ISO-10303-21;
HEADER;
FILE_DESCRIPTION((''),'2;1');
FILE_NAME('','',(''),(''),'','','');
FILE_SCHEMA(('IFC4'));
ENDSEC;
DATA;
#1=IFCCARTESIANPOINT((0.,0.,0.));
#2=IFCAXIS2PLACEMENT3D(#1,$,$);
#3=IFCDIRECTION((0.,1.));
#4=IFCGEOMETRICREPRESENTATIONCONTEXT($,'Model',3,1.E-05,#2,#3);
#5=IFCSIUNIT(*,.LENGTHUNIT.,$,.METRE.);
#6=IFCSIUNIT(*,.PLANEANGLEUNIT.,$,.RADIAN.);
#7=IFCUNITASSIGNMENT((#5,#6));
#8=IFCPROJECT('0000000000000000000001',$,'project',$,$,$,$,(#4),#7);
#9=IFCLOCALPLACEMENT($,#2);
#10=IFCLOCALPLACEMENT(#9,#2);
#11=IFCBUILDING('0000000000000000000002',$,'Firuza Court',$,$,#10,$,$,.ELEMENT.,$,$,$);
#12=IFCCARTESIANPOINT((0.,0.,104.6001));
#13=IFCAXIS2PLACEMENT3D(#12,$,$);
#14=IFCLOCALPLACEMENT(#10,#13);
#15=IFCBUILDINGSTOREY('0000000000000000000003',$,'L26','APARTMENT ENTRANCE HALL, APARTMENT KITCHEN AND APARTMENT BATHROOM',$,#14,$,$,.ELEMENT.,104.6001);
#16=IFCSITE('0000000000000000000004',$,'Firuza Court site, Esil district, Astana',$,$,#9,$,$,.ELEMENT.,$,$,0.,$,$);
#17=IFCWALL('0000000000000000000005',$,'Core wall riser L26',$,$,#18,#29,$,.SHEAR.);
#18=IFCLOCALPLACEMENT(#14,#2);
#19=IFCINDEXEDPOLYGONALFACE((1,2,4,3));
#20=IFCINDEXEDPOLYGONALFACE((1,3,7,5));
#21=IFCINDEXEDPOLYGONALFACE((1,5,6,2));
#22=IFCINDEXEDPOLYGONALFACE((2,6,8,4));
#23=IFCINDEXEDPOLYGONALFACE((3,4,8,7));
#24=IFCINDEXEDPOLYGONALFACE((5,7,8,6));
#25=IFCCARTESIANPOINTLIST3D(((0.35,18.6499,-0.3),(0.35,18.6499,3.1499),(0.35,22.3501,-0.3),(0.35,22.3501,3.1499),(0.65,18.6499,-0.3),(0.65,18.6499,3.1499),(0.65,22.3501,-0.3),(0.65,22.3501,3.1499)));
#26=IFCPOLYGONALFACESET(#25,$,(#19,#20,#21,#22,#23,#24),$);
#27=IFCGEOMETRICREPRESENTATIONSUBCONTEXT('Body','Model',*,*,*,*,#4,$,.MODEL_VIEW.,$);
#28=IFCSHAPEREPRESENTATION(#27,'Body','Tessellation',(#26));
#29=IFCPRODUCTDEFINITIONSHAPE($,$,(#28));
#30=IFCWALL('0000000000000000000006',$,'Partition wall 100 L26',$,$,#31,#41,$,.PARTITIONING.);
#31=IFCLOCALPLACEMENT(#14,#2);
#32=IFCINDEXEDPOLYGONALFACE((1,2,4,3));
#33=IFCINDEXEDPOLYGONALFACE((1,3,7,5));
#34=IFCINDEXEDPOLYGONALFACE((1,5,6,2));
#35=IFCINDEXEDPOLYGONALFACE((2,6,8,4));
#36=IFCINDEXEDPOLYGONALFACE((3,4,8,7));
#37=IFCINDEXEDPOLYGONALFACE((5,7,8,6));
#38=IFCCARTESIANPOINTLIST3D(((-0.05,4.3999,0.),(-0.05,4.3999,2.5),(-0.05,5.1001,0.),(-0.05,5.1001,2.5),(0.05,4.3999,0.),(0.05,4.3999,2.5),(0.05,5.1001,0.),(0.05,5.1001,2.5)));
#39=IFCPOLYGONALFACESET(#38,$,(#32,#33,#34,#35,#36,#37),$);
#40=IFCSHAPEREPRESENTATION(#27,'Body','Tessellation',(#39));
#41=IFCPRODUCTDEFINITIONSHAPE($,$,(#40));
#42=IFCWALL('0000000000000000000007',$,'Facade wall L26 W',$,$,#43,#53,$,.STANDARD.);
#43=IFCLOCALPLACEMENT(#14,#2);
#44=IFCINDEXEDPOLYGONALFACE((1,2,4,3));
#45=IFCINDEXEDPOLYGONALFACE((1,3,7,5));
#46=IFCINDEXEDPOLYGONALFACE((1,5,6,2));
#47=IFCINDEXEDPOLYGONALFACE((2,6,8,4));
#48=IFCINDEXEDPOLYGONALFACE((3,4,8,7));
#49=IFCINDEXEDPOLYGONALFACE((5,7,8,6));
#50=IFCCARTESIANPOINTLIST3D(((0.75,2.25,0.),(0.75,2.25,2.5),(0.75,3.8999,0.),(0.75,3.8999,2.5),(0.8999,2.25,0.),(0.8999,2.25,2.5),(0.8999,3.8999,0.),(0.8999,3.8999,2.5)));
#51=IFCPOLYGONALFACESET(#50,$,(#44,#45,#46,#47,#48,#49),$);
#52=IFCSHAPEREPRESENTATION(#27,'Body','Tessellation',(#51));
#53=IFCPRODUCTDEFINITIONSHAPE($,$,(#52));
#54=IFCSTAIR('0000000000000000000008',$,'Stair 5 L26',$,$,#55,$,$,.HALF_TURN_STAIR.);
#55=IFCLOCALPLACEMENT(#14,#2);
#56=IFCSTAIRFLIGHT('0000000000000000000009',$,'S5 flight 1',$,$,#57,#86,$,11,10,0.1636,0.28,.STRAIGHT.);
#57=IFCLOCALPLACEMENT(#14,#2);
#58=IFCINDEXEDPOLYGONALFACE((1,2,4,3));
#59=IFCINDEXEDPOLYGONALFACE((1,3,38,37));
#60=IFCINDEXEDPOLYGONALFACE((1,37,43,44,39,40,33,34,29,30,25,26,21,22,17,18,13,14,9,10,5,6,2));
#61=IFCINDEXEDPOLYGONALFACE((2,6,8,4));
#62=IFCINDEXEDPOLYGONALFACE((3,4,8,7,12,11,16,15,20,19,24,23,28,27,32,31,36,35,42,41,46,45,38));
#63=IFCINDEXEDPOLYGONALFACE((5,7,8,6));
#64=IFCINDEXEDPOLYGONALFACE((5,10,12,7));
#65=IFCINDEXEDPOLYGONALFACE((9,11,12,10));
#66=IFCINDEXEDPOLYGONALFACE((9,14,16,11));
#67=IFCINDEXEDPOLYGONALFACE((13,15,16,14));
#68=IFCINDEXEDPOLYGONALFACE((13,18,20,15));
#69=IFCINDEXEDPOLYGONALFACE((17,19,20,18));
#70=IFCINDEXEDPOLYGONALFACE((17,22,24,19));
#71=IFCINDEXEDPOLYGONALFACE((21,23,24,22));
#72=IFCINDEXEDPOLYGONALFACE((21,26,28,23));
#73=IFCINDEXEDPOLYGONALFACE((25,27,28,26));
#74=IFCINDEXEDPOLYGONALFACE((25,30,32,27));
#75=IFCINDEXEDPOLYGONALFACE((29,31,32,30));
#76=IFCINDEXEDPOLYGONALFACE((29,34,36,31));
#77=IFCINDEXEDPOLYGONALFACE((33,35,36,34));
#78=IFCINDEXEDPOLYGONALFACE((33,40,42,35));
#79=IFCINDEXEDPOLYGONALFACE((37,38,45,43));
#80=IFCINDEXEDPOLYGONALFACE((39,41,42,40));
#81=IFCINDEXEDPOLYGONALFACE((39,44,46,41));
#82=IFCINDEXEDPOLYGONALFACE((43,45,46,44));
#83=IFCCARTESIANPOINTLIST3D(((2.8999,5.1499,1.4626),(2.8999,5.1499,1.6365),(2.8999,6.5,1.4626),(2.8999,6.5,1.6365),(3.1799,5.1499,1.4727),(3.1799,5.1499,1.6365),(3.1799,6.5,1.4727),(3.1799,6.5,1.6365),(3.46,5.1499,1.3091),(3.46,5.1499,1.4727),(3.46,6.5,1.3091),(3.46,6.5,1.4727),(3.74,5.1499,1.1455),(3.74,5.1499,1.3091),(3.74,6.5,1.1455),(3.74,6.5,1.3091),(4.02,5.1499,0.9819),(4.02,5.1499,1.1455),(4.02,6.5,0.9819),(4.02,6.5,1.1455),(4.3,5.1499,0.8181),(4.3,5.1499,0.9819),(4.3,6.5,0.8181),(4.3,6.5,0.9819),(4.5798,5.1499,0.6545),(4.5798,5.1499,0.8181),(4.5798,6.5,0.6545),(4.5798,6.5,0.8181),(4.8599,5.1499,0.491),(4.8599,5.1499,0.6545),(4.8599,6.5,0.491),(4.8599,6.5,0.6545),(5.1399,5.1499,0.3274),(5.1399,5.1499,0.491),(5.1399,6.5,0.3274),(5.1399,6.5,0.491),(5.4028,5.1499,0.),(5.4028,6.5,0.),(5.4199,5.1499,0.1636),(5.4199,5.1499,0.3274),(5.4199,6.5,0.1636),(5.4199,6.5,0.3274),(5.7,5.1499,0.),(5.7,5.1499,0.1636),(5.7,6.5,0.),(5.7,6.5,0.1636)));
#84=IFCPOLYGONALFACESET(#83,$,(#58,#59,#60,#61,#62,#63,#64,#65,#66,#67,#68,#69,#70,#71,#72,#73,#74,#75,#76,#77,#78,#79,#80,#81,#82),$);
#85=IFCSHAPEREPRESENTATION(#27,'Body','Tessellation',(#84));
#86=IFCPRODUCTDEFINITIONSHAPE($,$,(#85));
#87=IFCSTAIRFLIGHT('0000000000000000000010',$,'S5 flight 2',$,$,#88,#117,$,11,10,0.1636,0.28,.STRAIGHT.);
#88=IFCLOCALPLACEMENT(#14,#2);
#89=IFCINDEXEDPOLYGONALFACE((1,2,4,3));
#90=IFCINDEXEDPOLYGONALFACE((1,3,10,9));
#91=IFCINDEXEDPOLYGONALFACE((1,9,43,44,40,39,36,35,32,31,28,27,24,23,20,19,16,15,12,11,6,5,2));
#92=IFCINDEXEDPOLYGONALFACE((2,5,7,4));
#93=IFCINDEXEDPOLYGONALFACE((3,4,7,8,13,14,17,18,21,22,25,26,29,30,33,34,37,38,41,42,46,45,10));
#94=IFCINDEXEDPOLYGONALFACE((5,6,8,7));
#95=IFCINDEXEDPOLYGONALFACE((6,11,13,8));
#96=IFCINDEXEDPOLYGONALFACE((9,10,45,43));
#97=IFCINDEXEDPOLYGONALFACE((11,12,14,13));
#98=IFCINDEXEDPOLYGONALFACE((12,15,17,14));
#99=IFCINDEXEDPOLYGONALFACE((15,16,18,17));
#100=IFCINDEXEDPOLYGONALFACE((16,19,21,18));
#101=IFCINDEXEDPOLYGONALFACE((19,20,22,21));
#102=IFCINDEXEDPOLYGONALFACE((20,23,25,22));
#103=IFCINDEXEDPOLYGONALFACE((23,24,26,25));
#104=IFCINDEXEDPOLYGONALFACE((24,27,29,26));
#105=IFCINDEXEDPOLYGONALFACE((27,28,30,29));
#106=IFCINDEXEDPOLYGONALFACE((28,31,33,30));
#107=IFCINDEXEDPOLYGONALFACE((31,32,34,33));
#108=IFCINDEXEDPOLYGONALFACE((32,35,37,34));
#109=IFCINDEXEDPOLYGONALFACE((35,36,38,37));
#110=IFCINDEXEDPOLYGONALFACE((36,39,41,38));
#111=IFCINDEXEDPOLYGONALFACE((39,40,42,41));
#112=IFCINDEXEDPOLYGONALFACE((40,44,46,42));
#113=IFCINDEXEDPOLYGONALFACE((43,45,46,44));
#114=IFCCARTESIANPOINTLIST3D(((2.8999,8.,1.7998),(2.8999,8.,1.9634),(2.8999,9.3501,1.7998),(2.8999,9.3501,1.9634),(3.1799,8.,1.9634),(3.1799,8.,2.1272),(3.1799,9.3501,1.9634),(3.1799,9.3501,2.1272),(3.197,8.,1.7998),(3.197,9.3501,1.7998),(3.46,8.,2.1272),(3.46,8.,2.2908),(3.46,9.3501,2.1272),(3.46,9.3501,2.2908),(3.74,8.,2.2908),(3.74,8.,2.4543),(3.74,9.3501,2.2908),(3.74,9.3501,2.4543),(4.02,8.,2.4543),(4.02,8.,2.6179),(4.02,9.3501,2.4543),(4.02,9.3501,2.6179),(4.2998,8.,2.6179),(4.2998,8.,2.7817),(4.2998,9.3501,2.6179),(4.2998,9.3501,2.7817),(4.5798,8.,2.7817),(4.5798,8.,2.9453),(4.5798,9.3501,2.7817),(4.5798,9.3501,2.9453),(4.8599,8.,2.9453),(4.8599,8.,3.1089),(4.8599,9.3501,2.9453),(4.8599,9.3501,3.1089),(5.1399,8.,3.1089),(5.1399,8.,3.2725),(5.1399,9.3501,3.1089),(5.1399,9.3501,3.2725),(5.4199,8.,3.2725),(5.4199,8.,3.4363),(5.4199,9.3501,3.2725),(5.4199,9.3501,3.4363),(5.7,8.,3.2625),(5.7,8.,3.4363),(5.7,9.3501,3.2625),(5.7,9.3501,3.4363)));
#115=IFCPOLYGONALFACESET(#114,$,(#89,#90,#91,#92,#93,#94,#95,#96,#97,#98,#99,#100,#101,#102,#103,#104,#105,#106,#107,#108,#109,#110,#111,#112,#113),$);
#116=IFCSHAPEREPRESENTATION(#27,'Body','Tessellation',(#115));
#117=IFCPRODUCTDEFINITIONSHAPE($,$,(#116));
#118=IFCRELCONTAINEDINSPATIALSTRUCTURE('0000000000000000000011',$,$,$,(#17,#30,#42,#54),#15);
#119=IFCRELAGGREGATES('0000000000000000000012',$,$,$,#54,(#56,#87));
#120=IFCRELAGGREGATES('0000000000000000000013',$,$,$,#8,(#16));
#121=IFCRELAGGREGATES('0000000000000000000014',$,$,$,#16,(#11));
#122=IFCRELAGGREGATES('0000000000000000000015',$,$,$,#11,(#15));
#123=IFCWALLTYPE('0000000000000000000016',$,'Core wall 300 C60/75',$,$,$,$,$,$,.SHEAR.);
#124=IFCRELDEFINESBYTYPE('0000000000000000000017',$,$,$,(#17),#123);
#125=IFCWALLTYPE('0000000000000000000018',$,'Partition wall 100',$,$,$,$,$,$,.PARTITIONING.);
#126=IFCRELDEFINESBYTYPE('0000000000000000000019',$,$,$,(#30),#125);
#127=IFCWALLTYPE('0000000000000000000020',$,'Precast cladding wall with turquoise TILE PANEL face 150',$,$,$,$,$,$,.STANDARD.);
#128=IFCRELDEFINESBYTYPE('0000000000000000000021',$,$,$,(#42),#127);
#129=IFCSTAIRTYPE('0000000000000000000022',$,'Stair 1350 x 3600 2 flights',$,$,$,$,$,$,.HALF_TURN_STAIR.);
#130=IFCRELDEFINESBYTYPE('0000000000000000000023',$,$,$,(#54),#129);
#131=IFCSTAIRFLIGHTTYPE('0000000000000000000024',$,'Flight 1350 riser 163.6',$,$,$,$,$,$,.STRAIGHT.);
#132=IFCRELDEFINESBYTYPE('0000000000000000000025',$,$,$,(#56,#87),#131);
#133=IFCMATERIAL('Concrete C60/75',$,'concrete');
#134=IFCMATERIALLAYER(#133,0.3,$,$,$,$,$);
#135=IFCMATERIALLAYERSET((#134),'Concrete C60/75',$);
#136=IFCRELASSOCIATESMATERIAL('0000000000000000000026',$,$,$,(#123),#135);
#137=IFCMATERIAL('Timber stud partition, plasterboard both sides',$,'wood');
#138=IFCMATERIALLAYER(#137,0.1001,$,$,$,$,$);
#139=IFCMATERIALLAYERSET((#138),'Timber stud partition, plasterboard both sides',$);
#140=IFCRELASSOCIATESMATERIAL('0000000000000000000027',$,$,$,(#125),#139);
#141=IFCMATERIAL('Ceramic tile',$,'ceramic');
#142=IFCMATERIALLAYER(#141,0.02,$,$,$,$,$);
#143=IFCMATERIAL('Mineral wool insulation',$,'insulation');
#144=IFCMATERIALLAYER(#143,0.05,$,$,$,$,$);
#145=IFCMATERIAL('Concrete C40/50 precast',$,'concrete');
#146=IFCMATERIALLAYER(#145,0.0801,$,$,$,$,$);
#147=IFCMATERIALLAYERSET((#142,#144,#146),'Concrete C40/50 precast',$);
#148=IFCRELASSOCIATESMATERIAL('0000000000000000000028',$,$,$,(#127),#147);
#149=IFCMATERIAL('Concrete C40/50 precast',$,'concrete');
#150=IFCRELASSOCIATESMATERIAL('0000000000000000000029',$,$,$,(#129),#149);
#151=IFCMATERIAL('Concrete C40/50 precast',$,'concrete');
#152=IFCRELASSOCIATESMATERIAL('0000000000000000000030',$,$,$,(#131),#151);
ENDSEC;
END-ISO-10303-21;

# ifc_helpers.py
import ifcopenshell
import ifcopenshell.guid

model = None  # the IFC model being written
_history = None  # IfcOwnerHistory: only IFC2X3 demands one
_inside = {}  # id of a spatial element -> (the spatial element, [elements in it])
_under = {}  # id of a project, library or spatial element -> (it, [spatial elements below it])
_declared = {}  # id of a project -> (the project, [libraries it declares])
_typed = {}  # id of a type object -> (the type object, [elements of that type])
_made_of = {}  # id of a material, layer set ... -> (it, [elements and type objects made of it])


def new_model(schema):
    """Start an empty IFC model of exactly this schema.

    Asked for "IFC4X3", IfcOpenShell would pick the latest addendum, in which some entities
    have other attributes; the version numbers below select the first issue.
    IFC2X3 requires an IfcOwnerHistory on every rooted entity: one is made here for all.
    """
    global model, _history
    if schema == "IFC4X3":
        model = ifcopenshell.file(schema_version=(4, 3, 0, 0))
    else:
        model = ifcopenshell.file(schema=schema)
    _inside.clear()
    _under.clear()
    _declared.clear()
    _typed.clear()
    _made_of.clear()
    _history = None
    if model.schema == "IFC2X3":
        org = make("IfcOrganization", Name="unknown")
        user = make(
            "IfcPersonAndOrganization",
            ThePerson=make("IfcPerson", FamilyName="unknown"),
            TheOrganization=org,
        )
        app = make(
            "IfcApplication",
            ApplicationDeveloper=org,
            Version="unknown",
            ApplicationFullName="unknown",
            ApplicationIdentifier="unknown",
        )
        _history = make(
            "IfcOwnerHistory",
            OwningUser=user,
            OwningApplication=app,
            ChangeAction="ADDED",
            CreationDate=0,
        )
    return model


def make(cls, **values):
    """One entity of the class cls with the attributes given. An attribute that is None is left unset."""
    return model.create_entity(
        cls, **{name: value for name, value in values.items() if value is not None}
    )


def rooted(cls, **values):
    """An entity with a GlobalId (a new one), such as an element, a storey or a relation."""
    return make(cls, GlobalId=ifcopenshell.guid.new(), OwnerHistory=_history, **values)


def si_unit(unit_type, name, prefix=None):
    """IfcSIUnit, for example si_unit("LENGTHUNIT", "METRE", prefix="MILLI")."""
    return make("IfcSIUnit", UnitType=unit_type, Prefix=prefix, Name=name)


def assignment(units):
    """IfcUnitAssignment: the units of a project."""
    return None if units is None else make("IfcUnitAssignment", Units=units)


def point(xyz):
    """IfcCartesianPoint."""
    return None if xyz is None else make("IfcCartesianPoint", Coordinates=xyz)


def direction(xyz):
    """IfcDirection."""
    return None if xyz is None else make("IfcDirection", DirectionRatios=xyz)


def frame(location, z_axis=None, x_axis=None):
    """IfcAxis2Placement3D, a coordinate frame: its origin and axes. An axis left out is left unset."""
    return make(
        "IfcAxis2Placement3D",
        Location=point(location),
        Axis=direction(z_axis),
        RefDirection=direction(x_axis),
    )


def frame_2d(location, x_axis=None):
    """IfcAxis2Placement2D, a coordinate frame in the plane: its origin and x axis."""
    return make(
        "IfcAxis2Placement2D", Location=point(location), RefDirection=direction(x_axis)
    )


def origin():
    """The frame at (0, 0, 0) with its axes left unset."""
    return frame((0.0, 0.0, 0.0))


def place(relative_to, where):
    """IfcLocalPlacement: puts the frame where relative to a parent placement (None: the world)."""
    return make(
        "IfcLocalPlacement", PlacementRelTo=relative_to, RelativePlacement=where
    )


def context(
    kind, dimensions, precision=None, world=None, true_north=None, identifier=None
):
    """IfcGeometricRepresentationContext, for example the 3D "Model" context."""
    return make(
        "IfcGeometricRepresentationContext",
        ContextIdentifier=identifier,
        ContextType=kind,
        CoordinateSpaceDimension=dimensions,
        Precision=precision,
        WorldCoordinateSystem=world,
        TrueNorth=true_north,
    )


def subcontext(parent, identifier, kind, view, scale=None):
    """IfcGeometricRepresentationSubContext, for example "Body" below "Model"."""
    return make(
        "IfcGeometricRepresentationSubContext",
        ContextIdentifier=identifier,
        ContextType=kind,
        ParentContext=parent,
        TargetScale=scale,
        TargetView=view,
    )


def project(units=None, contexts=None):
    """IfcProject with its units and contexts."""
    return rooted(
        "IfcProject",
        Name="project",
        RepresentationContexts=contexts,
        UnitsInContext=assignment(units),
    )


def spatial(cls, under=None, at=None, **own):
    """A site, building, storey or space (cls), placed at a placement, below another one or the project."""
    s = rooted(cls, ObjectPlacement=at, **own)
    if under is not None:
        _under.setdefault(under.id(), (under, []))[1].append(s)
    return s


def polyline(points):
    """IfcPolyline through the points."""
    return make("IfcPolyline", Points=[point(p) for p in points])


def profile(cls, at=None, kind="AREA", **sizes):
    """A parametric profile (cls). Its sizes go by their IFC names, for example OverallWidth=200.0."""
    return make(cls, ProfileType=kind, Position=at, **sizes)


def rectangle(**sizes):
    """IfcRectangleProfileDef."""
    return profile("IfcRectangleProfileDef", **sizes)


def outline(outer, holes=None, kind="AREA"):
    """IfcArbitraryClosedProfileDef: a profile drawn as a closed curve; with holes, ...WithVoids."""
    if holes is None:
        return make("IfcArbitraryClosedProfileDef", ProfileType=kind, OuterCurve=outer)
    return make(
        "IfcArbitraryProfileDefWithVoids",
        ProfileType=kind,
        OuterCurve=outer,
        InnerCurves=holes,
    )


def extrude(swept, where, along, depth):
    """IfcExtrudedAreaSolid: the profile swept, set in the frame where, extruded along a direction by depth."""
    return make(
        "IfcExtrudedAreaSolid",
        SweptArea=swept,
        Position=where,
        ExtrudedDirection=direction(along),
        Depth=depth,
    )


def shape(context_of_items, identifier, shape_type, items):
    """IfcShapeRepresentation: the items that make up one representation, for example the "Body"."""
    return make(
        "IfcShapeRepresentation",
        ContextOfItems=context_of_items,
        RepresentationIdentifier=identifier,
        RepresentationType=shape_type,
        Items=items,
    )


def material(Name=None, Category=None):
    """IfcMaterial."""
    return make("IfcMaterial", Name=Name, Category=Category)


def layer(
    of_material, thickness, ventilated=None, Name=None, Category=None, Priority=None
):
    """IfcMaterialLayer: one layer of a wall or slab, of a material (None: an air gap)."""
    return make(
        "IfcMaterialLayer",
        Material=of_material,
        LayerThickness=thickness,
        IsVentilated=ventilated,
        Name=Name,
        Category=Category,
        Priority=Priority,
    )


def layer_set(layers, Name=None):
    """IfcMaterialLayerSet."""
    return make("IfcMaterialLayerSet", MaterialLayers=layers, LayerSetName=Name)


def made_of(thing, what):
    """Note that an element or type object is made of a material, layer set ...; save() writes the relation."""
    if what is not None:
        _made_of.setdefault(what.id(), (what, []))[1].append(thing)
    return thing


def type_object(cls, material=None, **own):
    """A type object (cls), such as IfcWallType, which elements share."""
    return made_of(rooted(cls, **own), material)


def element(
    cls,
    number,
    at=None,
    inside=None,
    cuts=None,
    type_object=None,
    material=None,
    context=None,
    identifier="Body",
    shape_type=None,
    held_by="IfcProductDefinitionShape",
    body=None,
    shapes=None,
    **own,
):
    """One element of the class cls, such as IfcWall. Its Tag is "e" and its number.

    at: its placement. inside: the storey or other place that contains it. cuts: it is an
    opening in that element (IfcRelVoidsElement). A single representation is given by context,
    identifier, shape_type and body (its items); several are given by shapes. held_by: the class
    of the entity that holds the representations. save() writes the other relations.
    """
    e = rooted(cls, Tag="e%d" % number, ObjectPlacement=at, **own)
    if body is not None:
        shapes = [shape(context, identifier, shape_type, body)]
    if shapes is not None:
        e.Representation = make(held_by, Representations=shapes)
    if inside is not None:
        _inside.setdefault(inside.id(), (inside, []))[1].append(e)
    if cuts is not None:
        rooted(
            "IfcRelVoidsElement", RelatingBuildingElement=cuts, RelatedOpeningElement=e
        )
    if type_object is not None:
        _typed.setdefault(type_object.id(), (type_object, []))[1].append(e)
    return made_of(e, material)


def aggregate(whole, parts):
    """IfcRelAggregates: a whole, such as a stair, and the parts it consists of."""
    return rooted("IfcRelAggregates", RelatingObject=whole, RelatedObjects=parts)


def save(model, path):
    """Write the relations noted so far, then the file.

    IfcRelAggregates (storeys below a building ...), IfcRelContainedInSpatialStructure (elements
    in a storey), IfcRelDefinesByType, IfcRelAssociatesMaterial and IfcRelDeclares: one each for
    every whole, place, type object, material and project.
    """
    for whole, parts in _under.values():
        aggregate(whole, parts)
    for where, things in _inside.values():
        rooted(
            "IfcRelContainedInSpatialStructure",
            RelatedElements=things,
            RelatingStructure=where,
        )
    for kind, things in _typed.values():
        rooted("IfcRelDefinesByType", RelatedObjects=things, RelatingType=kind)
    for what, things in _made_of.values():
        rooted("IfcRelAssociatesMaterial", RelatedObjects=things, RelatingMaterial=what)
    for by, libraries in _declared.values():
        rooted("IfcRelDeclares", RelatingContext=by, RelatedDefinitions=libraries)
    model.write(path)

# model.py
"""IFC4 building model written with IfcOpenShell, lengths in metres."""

from ifc_helpers import new_model, si_unit, direction, frame, frame_2d, origin, place, context, subcontext, project, spatial, polyline, rectangle, outline, extrude, material, layer, layer_set, type_object, element, aggregate, save


model = new_model("IFC4")

# Units and contexts
model_context = context("Model", 3, precision=1e-05, world=origin(), true_north=direction((0.0, 1.0)))
body_context = subcontext(model_context, "Body", "Model", "MODEL_VIEW")
ifc_project = project(units=[si_unit("LENGTHUNIT", "METRE"), si_unit("PLANEANGLEUNIT", "RADIAN")], contexts=[model_context])

# Site, building, storey
site_placement = place(None, origin())
site = spatial("IfcSite", under=ifc_project, at=site_placement, Name="Firuza Court site, Esil district, Astana", CompositionType="ELEMENT", RefElevation=0.0)
building_placement = place(site_placement, origin())
building = spatial("IfcBuilding", under=site, at=building_placement, Name="Firuza Court", CompositionType="ELEMENT")
storey_placement = place(building_placement, frame((0.0, 0.0, 104.6001)))
storey = spatial("IfcBuildingStorey", under=building, at=storey_placement, Name="L26", Description="APARTMENT ENTRANCE HALL, APARTMENT KITCHEN AND APARTMENT BATHROOM", CompositionType="ELEMENT", Elevation=104.6001)

# Walls
ifc_material_1 = material(Name="Concrete C60/75", Category="concrete")
ifc_layer_1 = layer(ifc_material_1, 0.3)
ifc_layer_set_1 = layer_set([ifc_layer_1], Name="Concrete C60/75")
wall_type_1 = type_object("IfcWallType", Name="Core wall 300 C60/75", PredefinedType="SHEAR", material=ifc_layer_set_1)
for number, where, z_axis, x_axis, name in (
    (1, (0.5, 18.6499, -0.3), (0.0, 0.0, 1.0), (0.0, 1.0, 0.0), "Core wall riser L26"),
):
    element("IfcWall", number, at=place(storey_placement, frame(where, z_axis=z_axis, x_axis=x_axis)), inside=storey, type_object=wall_type_1, Name=name, PredefinedType="SHEAR", context=body_context, shape_type="SweptSolid", body=[
        extrude(rectangle(XDim=3.7002, YDim=0.3, at=frame_2d((1.8501, 0.0))), origin(), (0.0, 0.0, 1.0), 3.45),
    ])
ifc_material_2 = material(Name="Timber stud partition, plasterboard both sides", Category="wood")
ifc_layer_2 = layer(ifc_material_2, 0.1001)
ifc_layer_set_2 = layer_set([ifc_layer_2], Name="Timber stud partition, plasterboard both sides")
wall_type_2 = type_object("IfcWallType", Name="Partition wall 100", PredefinedType="PARTITIONING", material=ifc_layer_set_2)
wall_1_placement = place(storey_placement, frame((0.0, 4.3999, 0.0), z_axis=(0.0, 0.0, 1.0), x_axis=(0.0, 1.0, 0.0)))
element("IfcWall", 2, at=wall_1_placement, inside=storey, type_object=wall_type_2, Name="Partition wall 100 L26", PredefinedType="PARTITIONING", context=body_context, shape_type="SweptSolid", body=[
    extrude(rectangle(XDim=0.7002, YDim=0.1001, at=frame_2d((0.3501, 0.0))), origin(), (0.0, 0.0, 1.0), 2.5),
])
ifc_material_3 = material(Name="Ceramic tile", Category="ceramic")
ifc_layer_3 = layer(ifc_material_3, 0.02)
ifc_material_4 = material(Name="Mineral wool insulation", Category="insulation")
ifc_layer_4 = layer(ifc_material_4, 0.05)
ifc_material_5 = material(Name="Concrete C40/50 precast", Category="concrete")
ifc_layer_5 = layer(ifc_material_5, 0.0801)
ifc_layer_set_3 = layer_set([ifc_layer_3, ifc_layer_4, ifc_layer_5], Name="Concrete C40/50 precast")
wall_type_3 = type_object("IfcWallType", Name="Precast cladding wall with turquoise TILE PANEL face 150", PredefinedType="STANDARD", material=ifc_layer_set_3)
wall_2_placement = place(storey_placement, frame((0.825, 3.8999, 0.0), z_axis=(0.0, 0.0, 1.0), x_axis=(0.0, -1.0, 0.0)))
element("IfcWall", 3, at=wall_2_placement, inside=storey, type_object=wall_type_3, Name="Facade wall L26 W", PredefinedType="STANDARD", context=body_context, shape_type="SweptSolid", body=[
    extrude(rectangle(XDim=1.6499, YDim=0.1499, at=frame_2d((0.825, 0.0))), origin(), (0.0, 0.0, 1.0), 2.5),
])

# Stair, stair flights
ifc_material_6 = material(Name="Concrete C40/50 precast", Category="concrete")
stair_type = type_object("IfcStairType", Name="Stair 1350 x 3600 2 flights", PredefinedType="HALF_TURN_STAIR", material=ifc_material_6)
stair_placement = place(storey_placement, origin())
stair = element("IfcStair", 4, at=stair_placement, inside=storey, type_object=stair_type, Name="Stair 5 L26", PredefinedType="HALF_TURN_STAIR")
ifc_material_7 = material(Name="Concrete C40/50 precast", Category="concrete")
stair_flight_type = type_object("IfcStairFlightType", Name="Flight 1350 riser 163.6", PredefinedType="STRAIGHT", material=ifc_material_7)
stair_flight_1_placement = place(storey_placement, frame((5.7, 5.825, 0.0), z_axis=(0.0, 0.0, 1.0), x_axis=(-1.0, 0.0, 0.0)))
stair_flight_1 = element("IfcStairFlight", 5, at=stair_flight_1_placement, type_object=stair_flight_type, Name="S5 flight 1", NumberOfRisers=11, NumberOfTreads=10, PredefinedType="STRAIGHT", RiserHeight=0.1636, TreadLength=0.28, context=body_context, shape_type="SweptSolid", body=[
    extrude(outline(polyline([(0.0, 0.0), (0.0, 0.1636), (0.28, 0.1636), (0.28, 0.3274), (0.5601, 0.3274), (0.5601, 0.491), (0.8401, 0.491), (0.8401, 0.6545), (1.1201, 0.6545), (1.1201, 0.8181), (1.3999, 0.8181), (1.3999, 0.9819), (1.6799, 0.9819), (1.6799, 1.1455), (1.96, 1.1455), (1.96, 1.3091), (2.24, 1.3091), (2.24, 1.4727), (2.52, 1.4727), (2.52, 1.6365), (2.8, 1.6365), (2.8, 1.8), (2.8, 1.4626), (0.2971, 0.0), (0.0, 0.0)])), frame((0.0, 0.675, 0.0), z_axis=(0.0, -1.0, 0.0), x_axis=(1.0, 0.0, 0.0)), (0.0, 0.0, 1.0), 1.3501),
])
stair_flight_2_placement = place(storey_placement, frame((2.8999, 8.675, 1.7998), z_axis=(0.0, 0.0, 1.0), x_axis=(1.0, 0.0, 0.0)))
stair_flight_2 = element("IfcStairFlight", 6, at=stair_flight_2_placement, type_object=stair_flight_type, Name="S5 flight 2", NumberOfRisers=11, NumberOfTreads=10, PredefinedType="STRAIGHT", RiserHeight=0.1636, TreadLength=0.28, context=body_context, shape_type="SweptSolid", body=[
    extrude(outline(polyline([(0.0, 0.0), (0.0, 0.1636), (0.28, 0.1636), (0.28, 0.3274), (0.5601, 0.3274), (0.5601, 0.491), (0.8401, 0.491), (0.8401, 0.6545), (1.1201, 0.6545), (1.1201, 0.8181), (1.3999, 0.8181), (1.3999, 0.9819), (1.6799, 0.9819), (1.6799, 1.1455), (1.96, 1.1455), (1.96, 1.3091), (2.24, 1.3091), (2.24, 1.4727), (2.52, 1.4727), (2.52, 1.6365), (2.8, 1.6365), (2.8, 1.8), (2.8, 1.4626), (0.2971, 0.0), (0.0, 0.0)])), frame((0.0, 0.675, 0.0), z_axis=(0.0, -1.0, 0.0), x_axis=(1.0, 0.0, 0.0)), (0.0, 0.0, 1.0), 1.3501),
])
aggregate(stair, [stair_flight_1, stair_flight_2])

save(model, "model.ifc")
